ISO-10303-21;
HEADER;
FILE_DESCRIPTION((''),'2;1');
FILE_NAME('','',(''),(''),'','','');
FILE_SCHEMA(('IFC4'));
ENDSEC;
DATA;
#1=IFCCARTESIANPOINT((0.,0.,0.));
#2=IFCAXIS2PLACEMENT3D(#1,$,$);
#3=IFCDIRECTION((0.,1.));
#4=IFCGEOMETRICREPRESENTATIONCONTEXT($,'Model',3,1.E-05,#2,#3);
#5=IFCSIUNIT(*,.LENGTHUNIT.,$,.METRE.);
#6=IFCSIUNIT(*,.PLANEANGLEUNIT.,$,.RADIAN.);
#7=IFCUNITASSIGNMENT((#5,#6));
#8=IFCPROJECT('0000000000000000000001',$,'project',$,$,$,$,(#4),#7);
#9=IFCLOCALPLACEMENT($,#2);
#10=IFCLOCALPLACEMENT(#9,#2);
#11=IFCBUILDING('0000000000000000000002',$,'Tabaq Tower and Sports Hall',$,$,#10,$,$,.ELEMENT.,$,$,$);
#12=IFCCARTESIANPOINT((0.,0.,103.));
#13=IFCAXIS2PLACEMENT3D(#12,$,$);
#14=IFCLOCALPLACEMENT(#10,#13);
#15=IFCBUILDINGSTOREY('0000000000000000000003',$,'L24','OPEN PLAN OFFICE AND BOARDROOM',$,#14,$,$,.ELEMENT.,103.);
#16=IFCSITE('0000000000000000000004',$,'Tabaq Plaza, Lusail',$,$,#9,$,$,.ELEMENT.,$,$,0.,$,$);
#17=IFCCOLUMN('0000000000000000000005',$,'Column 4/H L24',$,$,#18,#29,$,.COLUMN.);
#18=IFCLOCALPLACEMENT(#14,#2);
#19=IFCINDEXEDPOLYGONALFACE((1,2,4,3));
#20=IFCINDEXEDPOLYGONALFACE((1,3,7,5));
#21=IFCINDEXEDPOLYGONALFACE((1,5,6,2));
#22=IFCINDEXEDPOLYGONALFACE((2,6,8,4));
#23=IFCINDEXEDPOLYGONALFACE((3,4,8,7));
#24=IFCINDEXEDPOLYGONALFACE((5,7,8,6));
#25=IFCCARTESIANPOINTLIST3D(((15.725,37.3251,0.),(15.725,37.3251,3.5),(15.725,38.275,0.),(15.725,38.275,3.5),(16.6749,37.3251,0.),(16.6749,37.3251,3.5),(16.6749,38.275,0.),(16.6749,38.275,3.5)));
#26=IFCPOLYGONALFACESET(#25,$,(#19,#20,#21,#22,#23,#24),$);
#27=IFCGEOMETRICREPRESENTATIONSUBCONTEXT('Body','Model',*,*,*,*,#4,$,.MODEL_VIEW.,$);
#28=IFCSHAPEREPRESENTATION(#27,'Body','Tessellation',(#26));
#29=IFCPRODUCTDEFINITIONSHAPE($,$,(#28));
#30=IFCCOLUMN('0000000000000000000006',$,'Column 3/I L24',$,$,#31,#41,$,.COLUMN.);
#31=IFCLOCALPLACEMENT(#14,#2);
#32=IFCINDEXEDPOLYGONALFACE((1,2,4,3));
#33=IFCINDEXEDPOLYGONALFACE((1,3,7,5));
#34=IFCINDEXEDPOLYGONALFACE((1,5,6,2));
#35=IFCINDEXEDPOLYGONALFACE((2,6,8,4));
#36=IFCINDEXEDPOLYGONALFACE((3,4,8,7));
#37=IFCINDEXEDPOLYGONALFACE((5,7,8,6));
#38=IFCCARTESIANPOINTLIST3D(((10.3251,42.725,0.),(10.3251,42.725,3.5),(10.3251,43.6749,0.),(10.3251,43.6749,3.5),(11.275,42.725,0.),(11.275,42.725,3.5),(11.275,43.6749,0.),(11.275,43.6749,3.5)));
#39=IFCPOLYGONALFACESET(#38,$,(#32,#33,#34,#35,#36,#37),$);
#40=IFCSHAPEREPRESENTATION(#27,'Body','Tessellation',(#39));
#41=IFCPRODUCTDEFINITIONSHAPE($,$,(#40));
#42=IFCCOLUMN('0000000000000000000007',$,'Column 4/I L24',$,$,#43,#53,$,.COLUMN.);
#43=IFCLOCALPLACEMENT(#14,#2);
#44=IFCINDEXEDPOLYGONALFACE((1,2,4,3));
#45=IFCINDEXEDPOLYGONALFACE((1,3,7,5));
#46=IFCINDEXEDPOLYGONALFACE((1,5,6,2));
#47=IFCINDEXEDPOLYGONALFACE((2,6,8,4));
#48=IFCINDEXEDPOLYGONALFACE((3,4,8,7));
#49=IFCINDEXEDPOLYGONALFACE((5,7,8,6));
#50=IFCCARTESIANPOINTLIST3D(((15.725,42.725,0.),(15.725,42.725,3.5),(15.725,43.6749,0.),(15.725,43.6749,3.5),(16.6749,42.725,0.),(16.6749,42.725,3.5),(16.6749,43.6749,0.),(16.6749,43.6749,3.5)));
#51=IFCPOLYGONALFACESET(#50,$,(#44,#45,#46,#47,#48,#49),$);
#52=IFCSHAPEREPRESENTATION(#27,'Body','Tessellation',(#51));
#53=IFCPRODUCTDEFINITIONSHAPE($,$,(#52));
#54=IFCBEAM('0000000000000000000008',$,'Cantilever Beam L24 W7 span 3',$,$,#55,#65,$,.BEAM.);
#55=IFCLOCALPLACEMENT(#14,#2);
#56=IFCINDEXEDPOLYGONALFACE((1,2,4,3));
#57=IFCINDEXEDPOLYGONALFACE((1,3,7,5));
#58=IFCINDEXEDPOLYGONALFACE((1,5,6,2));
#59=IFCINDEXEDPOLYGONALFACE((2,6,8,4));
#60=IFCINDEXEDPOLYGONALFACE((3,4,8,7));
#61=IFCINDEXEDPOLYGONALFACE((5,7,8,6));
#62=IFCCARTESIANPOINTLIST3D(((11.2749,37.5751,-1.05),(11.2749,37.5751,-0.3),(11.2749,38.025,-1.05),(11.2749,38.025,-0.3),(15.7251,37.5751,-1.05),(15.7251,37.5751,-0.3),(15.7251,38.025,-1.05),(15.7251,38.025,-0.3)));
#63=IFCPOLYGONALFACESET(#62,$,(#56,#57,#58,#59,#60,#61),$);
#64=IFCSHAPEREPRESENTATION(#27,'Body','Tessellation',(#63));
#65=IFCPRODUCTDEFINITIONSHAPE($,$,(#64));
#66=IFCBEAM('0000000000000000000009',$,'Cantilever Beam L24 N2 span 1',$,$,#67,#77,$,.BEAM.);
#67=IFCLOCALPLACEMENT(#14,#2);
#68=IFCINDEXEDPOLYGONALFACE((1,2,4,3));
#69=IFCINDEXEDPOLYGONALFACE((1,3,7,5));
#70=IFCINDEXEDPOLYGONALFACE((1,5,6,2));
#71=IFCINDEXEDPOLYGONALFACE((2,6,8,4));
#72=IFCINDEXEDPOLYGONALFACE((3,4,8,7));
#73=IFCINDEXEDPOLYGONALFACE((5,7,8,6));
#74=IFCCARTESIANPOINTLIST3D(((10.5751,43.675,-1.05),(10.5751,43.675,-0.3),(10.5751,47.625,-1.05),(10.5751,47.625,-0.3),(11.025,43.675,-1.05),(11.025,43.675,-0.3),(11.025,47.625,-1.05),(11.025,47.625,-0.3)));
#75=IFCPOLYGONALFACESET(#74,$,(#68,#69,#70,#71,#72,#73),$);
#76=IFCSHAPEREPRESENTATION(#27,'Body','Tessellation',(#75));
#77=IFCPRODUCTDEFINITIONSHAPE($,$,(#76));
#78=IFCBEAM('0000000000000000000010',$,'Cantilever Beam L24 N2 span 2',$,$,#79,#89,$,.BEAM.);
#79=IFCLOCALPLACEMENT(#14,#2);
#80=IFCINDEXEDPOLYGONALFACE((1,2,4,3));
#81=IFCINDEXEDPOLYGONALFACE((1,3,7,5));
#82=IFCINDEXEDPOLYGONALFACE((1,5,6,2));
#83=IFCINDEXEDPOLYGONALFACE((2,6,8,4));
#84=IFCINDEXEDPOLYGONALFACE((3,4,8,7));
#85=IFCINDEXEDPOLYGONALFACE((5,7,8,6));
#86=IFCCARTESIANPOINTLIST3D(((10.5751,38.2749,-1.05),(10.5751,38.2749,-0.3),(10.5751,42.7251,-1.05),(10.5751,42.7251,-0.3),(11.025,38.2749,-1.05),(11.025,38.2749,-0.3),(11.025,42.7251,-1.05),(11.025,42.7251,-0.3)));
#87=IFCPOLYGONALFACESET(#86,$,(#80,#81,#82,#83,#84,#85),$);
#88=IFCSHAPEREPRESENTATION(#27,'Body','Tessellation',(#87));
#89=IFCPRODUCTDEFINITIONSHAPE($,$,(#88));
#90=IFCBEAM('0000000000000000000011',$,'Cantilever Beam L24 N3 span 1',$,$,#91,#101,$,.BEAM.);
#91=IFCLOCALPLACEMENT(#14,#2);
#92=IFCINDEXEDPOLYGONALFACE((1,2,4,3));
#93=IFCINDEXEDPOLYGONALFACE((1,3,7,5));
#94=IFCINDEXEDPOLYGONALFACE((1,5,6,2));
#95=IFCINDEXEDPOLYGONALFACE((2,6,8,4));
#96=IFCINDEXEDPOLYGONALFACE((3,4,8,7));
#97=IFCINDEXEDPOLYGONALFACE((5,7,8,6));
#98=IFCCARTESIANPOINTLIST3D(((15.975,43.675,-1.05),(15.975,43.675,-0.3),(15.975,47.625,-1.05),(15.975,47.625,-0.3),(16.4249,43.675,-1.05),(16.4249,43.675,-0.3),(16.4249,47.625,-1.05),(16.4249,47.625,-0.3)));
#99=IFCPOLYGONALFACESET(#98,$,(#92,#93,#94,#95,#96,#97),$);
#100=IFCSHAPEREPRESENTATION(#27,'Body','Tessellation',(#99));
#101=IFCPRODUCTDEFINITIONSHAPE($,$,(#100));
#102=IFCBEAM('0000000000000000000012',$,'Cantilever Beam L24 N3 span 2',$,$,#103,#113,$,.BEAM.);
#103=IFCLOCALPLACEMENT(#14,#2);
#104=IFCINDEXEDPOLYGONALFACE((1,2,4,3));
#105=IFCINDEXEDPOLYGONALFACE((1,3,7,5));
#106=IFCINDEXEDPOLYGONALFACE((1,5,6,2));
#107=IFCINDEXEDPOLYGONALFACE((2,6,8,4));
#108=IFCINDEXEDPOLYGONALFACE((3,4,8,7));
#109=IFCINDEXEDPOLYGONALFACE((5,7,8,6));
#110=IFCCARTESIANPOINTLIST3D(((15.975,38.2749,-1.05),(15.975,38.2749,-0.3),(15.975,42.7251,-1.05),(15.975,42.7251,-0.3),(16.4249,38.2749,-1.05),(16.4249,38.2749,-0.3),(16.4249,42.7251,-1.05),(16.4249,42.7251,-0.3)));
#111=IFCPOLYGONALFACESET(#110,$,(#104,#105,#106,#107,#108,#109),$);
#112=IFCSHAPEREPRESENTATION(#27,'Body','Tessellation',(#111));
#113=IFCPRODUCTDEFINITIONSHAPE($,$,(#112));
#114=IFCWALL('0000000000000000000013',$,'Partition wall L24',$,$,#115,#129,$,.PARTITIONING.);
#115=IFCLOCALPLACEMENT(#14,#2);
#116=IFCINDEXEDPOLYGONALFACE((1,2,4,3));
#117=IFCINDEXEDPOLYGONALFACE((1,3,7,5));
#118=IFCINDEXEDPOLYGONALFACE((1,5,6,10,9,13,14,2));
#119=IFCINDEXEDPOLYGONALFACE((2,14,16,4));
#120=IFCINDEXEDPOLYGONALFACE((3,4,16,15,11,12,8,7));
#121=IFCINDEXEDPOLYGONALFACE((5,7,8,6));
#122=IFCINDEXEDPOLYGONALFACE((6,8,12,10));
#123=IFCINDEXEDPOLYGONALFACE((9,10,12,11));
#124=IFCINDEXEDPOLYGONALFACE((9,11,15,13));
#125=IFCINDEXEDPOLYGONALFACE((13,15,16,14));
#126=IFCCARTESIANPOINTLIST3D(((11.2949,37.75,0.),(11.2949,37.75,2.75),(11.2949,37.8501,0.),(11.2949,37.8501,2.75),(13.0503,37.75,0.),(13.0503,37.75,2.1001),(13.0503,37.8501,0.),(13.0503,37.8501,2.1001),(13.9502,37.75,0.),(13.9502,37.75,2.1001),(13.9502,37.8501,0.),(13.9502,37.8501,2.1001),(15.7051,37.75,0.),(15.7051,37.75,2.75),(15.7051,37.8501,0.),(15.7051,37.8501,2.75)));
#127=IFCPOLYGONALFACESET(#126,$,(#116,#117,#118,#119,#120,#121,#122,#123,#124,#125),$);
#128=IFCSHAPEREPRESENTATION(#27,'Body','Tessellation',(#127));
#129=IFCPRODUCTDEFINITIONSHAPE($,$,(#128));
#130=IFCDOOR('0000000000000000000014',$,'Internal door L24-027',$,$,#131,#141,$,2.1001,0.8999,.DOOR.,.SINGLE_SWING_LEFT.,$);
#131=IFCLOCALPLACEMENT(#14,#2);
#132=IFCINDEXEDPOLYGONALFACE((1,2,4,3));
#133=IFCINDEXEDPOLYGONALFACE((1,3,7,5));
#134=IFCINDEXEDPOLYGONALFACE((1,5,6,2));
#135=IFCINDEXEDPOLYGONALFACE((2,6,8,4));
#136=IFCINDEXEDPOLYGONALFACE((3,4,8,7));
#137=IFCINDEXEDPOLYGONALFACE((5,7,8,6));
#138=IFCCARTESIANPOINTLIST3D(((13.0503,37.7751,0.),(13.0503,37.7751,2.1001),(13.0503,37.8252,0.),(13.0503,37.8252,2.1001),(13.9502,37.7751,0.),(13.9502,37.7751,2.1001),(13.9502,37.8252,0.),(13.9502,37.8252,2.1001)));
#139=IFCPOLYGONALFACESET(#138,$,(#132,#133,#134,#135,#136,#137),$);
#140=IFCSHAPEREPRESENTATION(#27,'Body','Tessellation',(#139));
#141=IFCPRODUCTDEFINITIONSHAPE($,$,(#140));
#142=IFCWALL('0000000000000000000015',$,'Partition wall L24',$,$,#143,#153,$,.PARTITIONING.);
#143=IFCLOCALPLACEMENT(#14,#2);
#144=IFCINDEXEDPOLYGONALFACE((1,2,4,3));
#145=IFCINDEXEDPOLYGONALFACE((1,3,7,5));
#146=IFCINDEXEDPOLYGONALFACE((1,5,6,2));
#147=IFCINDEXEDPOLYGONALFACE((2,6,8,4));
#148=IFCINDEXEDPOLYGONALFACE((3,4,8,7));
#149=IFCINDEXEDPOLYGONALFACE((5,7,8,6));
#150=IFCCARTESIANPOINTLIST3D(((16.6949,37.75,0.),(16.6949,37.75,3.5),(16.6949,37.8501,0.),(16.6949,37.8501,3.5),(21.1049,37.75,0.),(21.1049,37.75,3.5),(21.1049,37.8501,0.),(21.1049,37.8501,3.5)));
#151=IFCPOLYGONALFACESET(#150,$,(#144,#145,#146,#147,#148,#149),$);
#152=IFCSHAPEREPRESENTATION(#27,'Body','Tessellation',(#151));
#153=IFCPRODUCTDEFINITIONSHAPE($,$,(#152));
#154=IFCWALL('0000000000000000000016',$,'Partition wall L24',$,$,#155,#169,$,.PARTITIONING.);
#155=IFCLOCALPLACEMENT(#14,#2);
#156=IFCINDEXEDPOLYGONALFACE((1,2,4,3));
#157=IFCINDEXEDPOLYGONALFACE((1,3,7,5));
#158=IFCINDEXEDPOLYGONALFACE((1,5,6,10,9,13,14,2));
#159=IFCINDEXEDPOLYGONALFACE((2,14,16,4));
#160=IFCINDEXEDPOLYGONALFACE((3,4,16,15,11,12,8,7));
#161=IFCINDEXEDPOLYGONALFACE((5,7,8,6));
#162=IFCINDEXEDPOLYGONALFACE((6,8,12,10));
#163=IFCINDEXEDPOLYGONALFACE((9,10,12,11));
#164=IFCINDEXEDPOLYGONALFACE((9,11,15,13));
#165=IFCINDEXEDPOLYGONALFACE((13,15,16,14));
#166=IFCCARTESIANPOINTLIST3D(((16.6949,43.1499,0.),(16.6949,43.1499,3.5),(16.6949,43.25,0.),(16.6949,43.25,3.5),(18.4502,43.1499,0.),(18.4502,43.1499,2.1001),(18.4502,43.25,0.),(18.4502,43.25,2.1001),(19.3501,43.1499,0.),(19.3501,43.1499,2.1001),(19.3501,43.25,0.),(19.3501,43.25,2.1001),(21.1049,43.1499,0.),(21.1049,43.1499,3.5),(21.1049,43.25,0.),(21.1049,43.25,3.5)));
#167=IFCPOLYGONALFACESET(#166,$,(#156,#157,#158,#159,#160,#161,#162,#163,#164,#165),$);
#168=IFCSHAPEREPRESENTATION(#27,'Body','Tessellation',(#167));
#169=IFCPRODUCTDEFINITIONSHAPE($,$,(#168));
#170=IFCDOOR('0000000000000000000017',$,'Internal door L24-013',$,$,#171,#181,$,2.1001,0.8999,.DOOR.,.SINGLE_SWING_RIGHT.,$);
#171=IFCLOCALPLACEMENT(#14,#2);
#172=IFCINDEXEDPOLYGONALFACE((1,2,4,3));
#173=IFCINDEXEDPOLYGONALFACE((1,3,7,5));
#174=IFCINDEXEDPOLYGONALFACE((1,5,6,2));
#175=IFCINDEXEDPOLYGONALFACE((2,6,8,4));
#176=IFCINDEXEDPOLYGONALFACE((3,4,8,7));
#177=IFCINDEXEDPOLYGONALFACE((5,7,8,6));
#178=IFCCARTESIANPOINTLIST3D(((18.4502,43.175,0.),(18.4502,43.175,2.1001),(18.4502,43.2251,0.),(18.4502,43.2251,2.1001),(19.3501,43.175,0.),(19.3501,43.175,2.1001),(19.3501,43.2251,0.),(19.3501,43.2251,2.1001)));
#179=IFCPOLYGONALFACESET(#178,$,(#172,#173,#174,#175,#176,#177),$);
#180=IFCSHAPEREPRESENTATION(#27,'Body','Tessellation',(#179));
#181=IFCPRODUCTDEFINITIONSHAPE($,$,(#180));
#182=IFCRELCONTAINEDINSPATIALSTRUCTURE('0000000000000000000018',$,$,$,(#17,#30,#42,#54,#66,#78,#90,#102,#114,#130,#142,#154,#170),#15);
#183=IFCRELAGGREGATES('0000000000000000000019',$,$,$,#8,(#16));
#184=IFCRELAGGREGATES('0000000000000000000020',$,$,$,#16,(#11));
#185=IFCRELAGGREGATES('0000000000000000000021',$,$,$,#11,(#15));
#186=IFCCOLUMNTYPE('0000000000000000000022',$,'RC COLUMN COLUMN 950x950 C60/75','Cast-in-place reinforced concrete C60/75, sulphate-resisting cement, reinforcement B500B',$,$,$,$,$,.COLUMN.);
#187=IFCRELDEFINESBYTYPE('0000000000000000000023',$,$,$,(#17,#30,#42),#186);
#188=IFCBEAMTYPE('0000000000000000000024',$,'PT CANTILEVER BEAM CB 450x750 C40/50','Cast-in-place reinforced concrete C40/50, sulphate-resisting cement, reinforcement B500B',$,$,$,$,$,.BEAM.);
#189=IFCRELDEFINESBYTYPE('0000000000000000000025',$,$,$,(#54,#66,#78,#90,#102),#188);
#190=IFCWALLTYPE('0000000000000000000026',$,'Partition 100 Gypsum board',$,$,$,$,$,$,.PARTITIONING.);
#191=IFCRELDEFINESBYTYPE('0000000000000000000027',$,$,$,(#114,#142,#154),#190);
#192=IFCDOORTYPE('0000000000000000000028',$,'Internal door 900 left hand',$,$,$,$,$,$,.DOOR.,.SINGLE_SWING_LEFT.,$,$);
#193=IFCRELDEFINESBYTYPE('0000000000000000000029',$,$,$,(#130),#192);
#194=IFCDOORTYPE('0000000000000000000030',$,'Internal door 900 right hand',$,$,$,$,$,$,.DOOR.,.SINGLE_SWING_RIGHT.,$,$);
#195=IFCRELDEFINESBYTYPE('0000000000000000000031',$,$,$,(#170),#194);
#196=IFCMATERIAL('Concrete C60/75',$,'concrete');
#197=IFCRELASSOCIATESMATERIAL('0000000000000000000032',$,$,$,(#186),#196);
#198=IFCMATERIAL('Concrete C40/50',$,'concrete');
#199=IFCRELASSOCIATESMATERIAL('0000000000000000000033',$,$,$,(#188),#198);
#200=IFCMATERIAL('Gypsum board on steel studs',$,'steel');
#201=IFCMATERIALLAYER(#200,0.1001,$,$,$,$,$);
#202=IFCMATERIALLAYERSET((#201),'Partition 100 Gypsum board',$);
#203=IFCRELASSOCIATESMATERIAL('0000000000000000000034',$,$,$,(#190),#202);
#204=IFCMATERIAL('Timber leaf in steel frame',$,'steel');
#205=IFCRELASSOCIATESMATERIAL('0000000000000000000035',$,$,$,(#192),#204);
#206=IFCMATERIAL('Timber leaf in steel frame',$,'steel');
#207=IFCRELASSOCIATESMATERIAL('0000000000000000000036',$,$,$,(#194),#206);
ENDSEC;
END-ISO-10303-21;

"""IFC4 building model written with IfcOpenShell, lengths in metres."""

from ifc_helpers import new_model, si_unit, direction, frame, frame_2d, origin, origin_2d, place, context, subcontext, project, spatial, rectangle, extrude, material, layer, layer_set, material_profile, profile_set, type_object, element, fill, save


model = new_model("IFC4")

# Units and contexts
model_context = context("Model", 3, precision=1e-05, world=origin(), true_north=direction((0.0, 1.0)))
body_context = subcontext(model_context, "Body", "Model", "MODEL_VIEW")
ifc_project = project(units=[si_unit("LENGTHUNIT", "METRE"), si_unit("PLANEANGLEUNIT", "RADIAN")], contexts=[model_context])

# Site, building, storey
site_placement = place(None, origin())
site = spatial("IfcSite", under=ifc_project, at=site_placement, Name="Tabaq Plaza, Lusail", CompositionType="ELEMENT", RefElevation=0.0)
building_placement = place(site_placement, origin())
building = spatial("IfcBuilding", under=site, at=building_placement, Name="Tabaq Tower and Sports Hall", CompositionType="ELEMENT")
storey_placement = place(building_placement, frame((0.0, 0.0, 103.0)))
storey = spatial("IfcBuildingStorey", under=building, at=storey_placement, Name="L24", Description="OPEN PLAN OFFICE AND BOARDROOM", CompositionType="ELEMENT", Elevation=103.0)

# Columns
ifc_material_1 = material(Name="Concrete C60/75", Category="concrete")
ifc_material_profile_1 = material_profile(ifc_material_1, rectangle(XDim=0.95, YDim=0.95, at=origin_2d()), Name="COLUMN 950x950")
ifc_profile_set_1 = profile_set([ifc_material_profile_1], Name="Concrete C60/75")
column_type = type_object("IfcColumnType", Name="RC COLUMN COLUMN 950x950 C60/75", Description="Cast-in-place reinforced concrete C60/75, sulphate-resisting cement, reinforcement B500B", PredefinedType="COLUMN", material=ifc_profile_set_1)
for number, where, z_axis, x_axis, name in (
    (1, (16.2, 37.8, 0.0), (0.0, 0.0, 1.0), (1.0, 0.0, 0.0), "Column 4/H L24"),
    (2, (10.8, 43.2, 0.0), (0.0, 0.0, 1.0), (1.0, 0.0, 0.0), "Column 3/I L24"),
    (3, (16.2, 43.2, 0.0), (0.0, 0.0, 1.0), (1.0, 0.0, 0.0), "Column 4/I L24"),
):
    element("IfcColumn", number, at=place(storey_placement, frame(where, z_axis=z_axis, x_axis=x_axis)), inside=storey, type_object=column_type, Name=name, PredefinedType="COLUMN", context=body_context, shape_type="SweptSolid", body=[
        extrude(rectangle(XDim=0.95, YDim=0.95, at=origin_2d()), origin(), (0.0, 0.0, 1.0), 3.5),
    ])

# Beams
ifc_material_2 = material(Name="Concrete C40/50", Category="concrete")
ifc_material_profile_2 = material_profile(ifc_material_2, rectangle(XDim=0.45, YDim=0.75, at=origin_2d()), Name="CB 450x750")
ifc_profile_set_2 = profile_set([ifc_material_profile_2], Name="Concrete C40/50")
beam_type = type_object("IfcBeamType", Name="PT CANTILEVER BEAM CB 450x750 C40/50", Description="Cast-in-place reinforced concrete C40/50, sulphate-resisting cement, reinforcement B500B", PredefinedType="BEAM", material=ifc_profile_set_2)
beam_1_placement = place(storey_placement, frame((11.2749, 37.8, -0.675), z_axis=(1.0, 0.0, 0.0), x_axis=(0.0, 1.0, 0.0)))
element("IfcBeam", 4, at=beam_1_placement, inside=storey, type_object=beam_type, Name="Cantilever Beam L24 W7 span 3", PredefinedType="BEAM", context=body_context, shape_type="SweptSolid", body=[
    extrude(rectangle(XDim=0.45, YDim=0.75, at=origin_2d()), origin(), (0.0, 0.0, 1.0), 4.4502),
])
beam_2_placement = place(storey_placement, frame((10.8, 47.625, -0.675), z_axis=(0.0, -1.0, 0.0), x_axis=(1.0, 0.0, 0.0)))
element("IfcBeam", 5, at=beam_2_placement, inside=storey, type_object=beam_type, Name="Cantilever Beam L24 N2 span 1", PredefinedType="BEAM", context=body_context, shape_type="SweptSolid", body=[
    extrude(rectangle(XDim=0.45, YDim=0.75, at=origin_2d()), origin(), (0.0, 0.0, 1.0), 3.95),
])
beam_3_placement = place(storey_placement, frame((10.8, 42.7251, -0.675), z_axis=(0.0, -1.0, 0.0), x_axis=(1.0, 0.0, 0.0)))
element("IfcBeam", 6, at=beam_3_placement, inside=storey, type_object=beam_type, Name="Cantilever Beam L24 N2 span 2", PredefinedType="BEAM", context=body_context, shape_type="SweptSolid", body=[
    extrude(rectangle(XDim=0.45, YDim=0.75, at=origin_2d()), origin(), (0.0, 0.0, 1.0), 4.4502),
])
beam_4_placement = place(storey_placement, frame((16.2, 47.625, -0.675), z_axis=(0.0, -1.0, 0.0), x_axis=(1.0, 0.0, 0.0)))
element("IfcBeam", 7, at=beam_4_placement, inside=storey, type_object=beam_type, Name="Cantilever Beam L24 N3 span 1", PredefinedType="BEAM", context=body_context, shape_type="SweptSolid", body=[
    extrude(rectangle(XDim=0.45, YDim=0.75, at=origin_2d()), origin(), (0.0, 0.0, 1.0), 3.95),
])
beam_5_placement = place(storey_placement, frame((16.2, 42.7251, -0.675), z_axis=(0.0, -1.0, 0.0), x_axis=(1.0, 0.0, 0.0)))
element("IfcBeam", 8, at=beam_5_placement, inside=storey, type_object=beam_type, Name="Cantilever Beam L24 N3 span 2", PredefinedType="BEAM", context=body_context, shape_type="SweptSolid", body=[
    extrude(rectangle(XDim=0.45, YDim=0.75, at=origin_2d()), origin(), (0.0, 0.0, 1.0), 4.4502),
])

# Wall, opening, door
ifc_material_3 = material(Name="Gypsum board on steel studs", Category="steel")
ifc_layer_1 = layer(ifc_material_3, 0.1001)
ifc_layer_set_1 = layer_set([ifc_layer_1], Name="Partition 100 Gypsum board")
wall_type_1 = type_object("IfcWallType", Name="Partition 100 Gypsum board", PredefinedType="PARTITIONING", material=ifc_layer_set_1)
wall_1_placement = place(storey_placement, frame((15.7051, 37.8, 0.0), z_axis=(0.0, 0.0, 1.0), x_axis=(-1.0, 0.0, 0.0)))
wall_1 = element("IfcWall", 9, at=wall_1_placement, inside=storey, type_object=wall_type_1, Name="Partition wall L24", PredefinedType="PARTITIONING", context=body_context, shape_type="SweptSolid", body=[
    extrude(rectangle(XDim=4.4102, YDim=0.1001, at=frame_2d((2.2051, 0.0))), origin(), (0.0, 0.0, 1.0), 2.75),
])
opening_1_placement = place(wall_1_placement, frame((1.7549, 0.0, 0.0)))
opening_1 = element("IfcOpeningElement", 10, at=opening_1_placement, cuts=wall_1, PredefinedType="OPENING", context=body_context, shape_type="SweptSolid", body=[
    extrude(rectangle(XDim=0.8999, YDim=2.1001, at=frame_2d((0.45, 1.05))), frame((0.0, 0.05, 0.0), z_axis=(0.0, -1.0, 0.0), x_axis=(1.0, 0.0, 0.0)), (0.0, 0.0, 1.0), 0.1001),
])
ifc_material_4 = material(Name="Timber leaf in steel frame", Category="steel")
door_type_1 = type_object("IfcDoorType", Name="Internal door 900 left hand", OperationType="SINGLE_SWING_LEFT", PredefinedType="DOOR", material=ifc_material_4)
door_1_placement = place(opening_1_placement, origin())
door_1 = element("IfcDoor", 11, at=door_1_placement, inside=storey, type_object=door_type_1, Name="Internal door L24-027", OperationType="SINGLE_SWING_LEFT", OverallHeight=2.1001, OverallWidth=0.8999, PredefinedType="DOOR", context=body_context, shape_type="SweptSolid", body=[
    extrude(rectangle(XDim=0.8999, YDim=2.1001, at=frame_2d((0.45, 1.05))), frame((0.0, 0.0249, 0.0), z_axis=(0.0, -1.0, 0.0), x_axis=(1.0, 0.0, 0.0)), (0.0, 0.0, 1.0), 0.05),
])
fill(opening_1, door_1)

# Wall
wall_2_placement = place(storey_placement, frame((21.105, 37.8, 0.0), z_axis=(0.0, 0.0, 1.0), x_axis=(-1.0, 0.0, 0.0)))
element("IfcWall", 12, at=wall_2_placement, inside=storey, type_object=wall_type_1, Name="Partition wall L24", PredefinedType="PARTITIONING", context=body_context, shape_type="SweptSolid", body=[
    extrude(rectangle(XDim=4.4099, YDim=0.1001, at=frame_2d((2.2051, 0.0))), origin(), (0.0, 0.0, 1.0), 3.5),
])

# Wall, opening, door
wall_3_placement = place(storey_placement, frame((21.105, 43.2, 0.0), z_axis=(0.0, 0.0, 1.0), x_axis=(-1.0, 0.0, 0.0)))
wall_3 = element("IfcWall", 13, at=wall_3_placement, inside=storey, type_object=wall_type_1, Name="Partition wall L24", PredefinedType="PARTITIONING", context=body_context, shape_type="SweptSolid", body=[
    extrude(rectangle(XDim=4.4099, YDim=0.1001, at=frame_2d((2.2051, 0.0))), origin(), (0.0, 0.0, 1.0), 3.5),
])
opening_2_placement = place(wall_3_placement, frame((1.7549, 0.0, 0.0)))
opening_2 = element("IfcOpeningElement", 14, at=opening_2_placement, cuts=wall_3, PredefinedType="OPENING", context=body_context, shape_type="SweptSolid", body=[
    extrude(rectangle(XDim=0.8999, YDim=2.1001, at=frame_2d((0.45, 1.05))), frame((0.0, 0.05, 0.0), z_axis=(0.0, -1.0, 0.0), x_axis=(1.0, 0.0, 0.0)), (0.0, 0.0, 1.0), 0.1001),
])
ifc_material_5 = material(Name="Timber leaf in steel frame", Category="steel")
door_type_2 = type_object("IfcDoorType", Name="Internal door 900 right hand", OperationType="SINGLE_SWING_RIGHT", PredefinedType="DOOR", material=ifc_material_5)
door_2_placement = place(opening_2_placement, origin())
door_2 = element("IfcDoor", 15, at=door_2_placement, inside=storey, type_object=door_type_2, Name="Internal door L24-013", OperationType="SINGLE_SWING_RIGHT", OverallHeight=2.1001, OverallWidth=0.8999, PredefinedType="DOOR", context=body_context, shape_type="SweptSolid", body=[
    extrude(rectangle(XDim=0.8999, YDim=2.1001, at=frame_2d((0.45, 1.05))), frame((0.0, 0.0249, 0.0), z_axis=(0.0, -1.0, 0.0), x_axis=(1.0, 0.0, 0.0)), (0.0, 0.0, 1.0), 0.05),
])
fill(opening_2, door_2)

save(model, "model.ifc")
